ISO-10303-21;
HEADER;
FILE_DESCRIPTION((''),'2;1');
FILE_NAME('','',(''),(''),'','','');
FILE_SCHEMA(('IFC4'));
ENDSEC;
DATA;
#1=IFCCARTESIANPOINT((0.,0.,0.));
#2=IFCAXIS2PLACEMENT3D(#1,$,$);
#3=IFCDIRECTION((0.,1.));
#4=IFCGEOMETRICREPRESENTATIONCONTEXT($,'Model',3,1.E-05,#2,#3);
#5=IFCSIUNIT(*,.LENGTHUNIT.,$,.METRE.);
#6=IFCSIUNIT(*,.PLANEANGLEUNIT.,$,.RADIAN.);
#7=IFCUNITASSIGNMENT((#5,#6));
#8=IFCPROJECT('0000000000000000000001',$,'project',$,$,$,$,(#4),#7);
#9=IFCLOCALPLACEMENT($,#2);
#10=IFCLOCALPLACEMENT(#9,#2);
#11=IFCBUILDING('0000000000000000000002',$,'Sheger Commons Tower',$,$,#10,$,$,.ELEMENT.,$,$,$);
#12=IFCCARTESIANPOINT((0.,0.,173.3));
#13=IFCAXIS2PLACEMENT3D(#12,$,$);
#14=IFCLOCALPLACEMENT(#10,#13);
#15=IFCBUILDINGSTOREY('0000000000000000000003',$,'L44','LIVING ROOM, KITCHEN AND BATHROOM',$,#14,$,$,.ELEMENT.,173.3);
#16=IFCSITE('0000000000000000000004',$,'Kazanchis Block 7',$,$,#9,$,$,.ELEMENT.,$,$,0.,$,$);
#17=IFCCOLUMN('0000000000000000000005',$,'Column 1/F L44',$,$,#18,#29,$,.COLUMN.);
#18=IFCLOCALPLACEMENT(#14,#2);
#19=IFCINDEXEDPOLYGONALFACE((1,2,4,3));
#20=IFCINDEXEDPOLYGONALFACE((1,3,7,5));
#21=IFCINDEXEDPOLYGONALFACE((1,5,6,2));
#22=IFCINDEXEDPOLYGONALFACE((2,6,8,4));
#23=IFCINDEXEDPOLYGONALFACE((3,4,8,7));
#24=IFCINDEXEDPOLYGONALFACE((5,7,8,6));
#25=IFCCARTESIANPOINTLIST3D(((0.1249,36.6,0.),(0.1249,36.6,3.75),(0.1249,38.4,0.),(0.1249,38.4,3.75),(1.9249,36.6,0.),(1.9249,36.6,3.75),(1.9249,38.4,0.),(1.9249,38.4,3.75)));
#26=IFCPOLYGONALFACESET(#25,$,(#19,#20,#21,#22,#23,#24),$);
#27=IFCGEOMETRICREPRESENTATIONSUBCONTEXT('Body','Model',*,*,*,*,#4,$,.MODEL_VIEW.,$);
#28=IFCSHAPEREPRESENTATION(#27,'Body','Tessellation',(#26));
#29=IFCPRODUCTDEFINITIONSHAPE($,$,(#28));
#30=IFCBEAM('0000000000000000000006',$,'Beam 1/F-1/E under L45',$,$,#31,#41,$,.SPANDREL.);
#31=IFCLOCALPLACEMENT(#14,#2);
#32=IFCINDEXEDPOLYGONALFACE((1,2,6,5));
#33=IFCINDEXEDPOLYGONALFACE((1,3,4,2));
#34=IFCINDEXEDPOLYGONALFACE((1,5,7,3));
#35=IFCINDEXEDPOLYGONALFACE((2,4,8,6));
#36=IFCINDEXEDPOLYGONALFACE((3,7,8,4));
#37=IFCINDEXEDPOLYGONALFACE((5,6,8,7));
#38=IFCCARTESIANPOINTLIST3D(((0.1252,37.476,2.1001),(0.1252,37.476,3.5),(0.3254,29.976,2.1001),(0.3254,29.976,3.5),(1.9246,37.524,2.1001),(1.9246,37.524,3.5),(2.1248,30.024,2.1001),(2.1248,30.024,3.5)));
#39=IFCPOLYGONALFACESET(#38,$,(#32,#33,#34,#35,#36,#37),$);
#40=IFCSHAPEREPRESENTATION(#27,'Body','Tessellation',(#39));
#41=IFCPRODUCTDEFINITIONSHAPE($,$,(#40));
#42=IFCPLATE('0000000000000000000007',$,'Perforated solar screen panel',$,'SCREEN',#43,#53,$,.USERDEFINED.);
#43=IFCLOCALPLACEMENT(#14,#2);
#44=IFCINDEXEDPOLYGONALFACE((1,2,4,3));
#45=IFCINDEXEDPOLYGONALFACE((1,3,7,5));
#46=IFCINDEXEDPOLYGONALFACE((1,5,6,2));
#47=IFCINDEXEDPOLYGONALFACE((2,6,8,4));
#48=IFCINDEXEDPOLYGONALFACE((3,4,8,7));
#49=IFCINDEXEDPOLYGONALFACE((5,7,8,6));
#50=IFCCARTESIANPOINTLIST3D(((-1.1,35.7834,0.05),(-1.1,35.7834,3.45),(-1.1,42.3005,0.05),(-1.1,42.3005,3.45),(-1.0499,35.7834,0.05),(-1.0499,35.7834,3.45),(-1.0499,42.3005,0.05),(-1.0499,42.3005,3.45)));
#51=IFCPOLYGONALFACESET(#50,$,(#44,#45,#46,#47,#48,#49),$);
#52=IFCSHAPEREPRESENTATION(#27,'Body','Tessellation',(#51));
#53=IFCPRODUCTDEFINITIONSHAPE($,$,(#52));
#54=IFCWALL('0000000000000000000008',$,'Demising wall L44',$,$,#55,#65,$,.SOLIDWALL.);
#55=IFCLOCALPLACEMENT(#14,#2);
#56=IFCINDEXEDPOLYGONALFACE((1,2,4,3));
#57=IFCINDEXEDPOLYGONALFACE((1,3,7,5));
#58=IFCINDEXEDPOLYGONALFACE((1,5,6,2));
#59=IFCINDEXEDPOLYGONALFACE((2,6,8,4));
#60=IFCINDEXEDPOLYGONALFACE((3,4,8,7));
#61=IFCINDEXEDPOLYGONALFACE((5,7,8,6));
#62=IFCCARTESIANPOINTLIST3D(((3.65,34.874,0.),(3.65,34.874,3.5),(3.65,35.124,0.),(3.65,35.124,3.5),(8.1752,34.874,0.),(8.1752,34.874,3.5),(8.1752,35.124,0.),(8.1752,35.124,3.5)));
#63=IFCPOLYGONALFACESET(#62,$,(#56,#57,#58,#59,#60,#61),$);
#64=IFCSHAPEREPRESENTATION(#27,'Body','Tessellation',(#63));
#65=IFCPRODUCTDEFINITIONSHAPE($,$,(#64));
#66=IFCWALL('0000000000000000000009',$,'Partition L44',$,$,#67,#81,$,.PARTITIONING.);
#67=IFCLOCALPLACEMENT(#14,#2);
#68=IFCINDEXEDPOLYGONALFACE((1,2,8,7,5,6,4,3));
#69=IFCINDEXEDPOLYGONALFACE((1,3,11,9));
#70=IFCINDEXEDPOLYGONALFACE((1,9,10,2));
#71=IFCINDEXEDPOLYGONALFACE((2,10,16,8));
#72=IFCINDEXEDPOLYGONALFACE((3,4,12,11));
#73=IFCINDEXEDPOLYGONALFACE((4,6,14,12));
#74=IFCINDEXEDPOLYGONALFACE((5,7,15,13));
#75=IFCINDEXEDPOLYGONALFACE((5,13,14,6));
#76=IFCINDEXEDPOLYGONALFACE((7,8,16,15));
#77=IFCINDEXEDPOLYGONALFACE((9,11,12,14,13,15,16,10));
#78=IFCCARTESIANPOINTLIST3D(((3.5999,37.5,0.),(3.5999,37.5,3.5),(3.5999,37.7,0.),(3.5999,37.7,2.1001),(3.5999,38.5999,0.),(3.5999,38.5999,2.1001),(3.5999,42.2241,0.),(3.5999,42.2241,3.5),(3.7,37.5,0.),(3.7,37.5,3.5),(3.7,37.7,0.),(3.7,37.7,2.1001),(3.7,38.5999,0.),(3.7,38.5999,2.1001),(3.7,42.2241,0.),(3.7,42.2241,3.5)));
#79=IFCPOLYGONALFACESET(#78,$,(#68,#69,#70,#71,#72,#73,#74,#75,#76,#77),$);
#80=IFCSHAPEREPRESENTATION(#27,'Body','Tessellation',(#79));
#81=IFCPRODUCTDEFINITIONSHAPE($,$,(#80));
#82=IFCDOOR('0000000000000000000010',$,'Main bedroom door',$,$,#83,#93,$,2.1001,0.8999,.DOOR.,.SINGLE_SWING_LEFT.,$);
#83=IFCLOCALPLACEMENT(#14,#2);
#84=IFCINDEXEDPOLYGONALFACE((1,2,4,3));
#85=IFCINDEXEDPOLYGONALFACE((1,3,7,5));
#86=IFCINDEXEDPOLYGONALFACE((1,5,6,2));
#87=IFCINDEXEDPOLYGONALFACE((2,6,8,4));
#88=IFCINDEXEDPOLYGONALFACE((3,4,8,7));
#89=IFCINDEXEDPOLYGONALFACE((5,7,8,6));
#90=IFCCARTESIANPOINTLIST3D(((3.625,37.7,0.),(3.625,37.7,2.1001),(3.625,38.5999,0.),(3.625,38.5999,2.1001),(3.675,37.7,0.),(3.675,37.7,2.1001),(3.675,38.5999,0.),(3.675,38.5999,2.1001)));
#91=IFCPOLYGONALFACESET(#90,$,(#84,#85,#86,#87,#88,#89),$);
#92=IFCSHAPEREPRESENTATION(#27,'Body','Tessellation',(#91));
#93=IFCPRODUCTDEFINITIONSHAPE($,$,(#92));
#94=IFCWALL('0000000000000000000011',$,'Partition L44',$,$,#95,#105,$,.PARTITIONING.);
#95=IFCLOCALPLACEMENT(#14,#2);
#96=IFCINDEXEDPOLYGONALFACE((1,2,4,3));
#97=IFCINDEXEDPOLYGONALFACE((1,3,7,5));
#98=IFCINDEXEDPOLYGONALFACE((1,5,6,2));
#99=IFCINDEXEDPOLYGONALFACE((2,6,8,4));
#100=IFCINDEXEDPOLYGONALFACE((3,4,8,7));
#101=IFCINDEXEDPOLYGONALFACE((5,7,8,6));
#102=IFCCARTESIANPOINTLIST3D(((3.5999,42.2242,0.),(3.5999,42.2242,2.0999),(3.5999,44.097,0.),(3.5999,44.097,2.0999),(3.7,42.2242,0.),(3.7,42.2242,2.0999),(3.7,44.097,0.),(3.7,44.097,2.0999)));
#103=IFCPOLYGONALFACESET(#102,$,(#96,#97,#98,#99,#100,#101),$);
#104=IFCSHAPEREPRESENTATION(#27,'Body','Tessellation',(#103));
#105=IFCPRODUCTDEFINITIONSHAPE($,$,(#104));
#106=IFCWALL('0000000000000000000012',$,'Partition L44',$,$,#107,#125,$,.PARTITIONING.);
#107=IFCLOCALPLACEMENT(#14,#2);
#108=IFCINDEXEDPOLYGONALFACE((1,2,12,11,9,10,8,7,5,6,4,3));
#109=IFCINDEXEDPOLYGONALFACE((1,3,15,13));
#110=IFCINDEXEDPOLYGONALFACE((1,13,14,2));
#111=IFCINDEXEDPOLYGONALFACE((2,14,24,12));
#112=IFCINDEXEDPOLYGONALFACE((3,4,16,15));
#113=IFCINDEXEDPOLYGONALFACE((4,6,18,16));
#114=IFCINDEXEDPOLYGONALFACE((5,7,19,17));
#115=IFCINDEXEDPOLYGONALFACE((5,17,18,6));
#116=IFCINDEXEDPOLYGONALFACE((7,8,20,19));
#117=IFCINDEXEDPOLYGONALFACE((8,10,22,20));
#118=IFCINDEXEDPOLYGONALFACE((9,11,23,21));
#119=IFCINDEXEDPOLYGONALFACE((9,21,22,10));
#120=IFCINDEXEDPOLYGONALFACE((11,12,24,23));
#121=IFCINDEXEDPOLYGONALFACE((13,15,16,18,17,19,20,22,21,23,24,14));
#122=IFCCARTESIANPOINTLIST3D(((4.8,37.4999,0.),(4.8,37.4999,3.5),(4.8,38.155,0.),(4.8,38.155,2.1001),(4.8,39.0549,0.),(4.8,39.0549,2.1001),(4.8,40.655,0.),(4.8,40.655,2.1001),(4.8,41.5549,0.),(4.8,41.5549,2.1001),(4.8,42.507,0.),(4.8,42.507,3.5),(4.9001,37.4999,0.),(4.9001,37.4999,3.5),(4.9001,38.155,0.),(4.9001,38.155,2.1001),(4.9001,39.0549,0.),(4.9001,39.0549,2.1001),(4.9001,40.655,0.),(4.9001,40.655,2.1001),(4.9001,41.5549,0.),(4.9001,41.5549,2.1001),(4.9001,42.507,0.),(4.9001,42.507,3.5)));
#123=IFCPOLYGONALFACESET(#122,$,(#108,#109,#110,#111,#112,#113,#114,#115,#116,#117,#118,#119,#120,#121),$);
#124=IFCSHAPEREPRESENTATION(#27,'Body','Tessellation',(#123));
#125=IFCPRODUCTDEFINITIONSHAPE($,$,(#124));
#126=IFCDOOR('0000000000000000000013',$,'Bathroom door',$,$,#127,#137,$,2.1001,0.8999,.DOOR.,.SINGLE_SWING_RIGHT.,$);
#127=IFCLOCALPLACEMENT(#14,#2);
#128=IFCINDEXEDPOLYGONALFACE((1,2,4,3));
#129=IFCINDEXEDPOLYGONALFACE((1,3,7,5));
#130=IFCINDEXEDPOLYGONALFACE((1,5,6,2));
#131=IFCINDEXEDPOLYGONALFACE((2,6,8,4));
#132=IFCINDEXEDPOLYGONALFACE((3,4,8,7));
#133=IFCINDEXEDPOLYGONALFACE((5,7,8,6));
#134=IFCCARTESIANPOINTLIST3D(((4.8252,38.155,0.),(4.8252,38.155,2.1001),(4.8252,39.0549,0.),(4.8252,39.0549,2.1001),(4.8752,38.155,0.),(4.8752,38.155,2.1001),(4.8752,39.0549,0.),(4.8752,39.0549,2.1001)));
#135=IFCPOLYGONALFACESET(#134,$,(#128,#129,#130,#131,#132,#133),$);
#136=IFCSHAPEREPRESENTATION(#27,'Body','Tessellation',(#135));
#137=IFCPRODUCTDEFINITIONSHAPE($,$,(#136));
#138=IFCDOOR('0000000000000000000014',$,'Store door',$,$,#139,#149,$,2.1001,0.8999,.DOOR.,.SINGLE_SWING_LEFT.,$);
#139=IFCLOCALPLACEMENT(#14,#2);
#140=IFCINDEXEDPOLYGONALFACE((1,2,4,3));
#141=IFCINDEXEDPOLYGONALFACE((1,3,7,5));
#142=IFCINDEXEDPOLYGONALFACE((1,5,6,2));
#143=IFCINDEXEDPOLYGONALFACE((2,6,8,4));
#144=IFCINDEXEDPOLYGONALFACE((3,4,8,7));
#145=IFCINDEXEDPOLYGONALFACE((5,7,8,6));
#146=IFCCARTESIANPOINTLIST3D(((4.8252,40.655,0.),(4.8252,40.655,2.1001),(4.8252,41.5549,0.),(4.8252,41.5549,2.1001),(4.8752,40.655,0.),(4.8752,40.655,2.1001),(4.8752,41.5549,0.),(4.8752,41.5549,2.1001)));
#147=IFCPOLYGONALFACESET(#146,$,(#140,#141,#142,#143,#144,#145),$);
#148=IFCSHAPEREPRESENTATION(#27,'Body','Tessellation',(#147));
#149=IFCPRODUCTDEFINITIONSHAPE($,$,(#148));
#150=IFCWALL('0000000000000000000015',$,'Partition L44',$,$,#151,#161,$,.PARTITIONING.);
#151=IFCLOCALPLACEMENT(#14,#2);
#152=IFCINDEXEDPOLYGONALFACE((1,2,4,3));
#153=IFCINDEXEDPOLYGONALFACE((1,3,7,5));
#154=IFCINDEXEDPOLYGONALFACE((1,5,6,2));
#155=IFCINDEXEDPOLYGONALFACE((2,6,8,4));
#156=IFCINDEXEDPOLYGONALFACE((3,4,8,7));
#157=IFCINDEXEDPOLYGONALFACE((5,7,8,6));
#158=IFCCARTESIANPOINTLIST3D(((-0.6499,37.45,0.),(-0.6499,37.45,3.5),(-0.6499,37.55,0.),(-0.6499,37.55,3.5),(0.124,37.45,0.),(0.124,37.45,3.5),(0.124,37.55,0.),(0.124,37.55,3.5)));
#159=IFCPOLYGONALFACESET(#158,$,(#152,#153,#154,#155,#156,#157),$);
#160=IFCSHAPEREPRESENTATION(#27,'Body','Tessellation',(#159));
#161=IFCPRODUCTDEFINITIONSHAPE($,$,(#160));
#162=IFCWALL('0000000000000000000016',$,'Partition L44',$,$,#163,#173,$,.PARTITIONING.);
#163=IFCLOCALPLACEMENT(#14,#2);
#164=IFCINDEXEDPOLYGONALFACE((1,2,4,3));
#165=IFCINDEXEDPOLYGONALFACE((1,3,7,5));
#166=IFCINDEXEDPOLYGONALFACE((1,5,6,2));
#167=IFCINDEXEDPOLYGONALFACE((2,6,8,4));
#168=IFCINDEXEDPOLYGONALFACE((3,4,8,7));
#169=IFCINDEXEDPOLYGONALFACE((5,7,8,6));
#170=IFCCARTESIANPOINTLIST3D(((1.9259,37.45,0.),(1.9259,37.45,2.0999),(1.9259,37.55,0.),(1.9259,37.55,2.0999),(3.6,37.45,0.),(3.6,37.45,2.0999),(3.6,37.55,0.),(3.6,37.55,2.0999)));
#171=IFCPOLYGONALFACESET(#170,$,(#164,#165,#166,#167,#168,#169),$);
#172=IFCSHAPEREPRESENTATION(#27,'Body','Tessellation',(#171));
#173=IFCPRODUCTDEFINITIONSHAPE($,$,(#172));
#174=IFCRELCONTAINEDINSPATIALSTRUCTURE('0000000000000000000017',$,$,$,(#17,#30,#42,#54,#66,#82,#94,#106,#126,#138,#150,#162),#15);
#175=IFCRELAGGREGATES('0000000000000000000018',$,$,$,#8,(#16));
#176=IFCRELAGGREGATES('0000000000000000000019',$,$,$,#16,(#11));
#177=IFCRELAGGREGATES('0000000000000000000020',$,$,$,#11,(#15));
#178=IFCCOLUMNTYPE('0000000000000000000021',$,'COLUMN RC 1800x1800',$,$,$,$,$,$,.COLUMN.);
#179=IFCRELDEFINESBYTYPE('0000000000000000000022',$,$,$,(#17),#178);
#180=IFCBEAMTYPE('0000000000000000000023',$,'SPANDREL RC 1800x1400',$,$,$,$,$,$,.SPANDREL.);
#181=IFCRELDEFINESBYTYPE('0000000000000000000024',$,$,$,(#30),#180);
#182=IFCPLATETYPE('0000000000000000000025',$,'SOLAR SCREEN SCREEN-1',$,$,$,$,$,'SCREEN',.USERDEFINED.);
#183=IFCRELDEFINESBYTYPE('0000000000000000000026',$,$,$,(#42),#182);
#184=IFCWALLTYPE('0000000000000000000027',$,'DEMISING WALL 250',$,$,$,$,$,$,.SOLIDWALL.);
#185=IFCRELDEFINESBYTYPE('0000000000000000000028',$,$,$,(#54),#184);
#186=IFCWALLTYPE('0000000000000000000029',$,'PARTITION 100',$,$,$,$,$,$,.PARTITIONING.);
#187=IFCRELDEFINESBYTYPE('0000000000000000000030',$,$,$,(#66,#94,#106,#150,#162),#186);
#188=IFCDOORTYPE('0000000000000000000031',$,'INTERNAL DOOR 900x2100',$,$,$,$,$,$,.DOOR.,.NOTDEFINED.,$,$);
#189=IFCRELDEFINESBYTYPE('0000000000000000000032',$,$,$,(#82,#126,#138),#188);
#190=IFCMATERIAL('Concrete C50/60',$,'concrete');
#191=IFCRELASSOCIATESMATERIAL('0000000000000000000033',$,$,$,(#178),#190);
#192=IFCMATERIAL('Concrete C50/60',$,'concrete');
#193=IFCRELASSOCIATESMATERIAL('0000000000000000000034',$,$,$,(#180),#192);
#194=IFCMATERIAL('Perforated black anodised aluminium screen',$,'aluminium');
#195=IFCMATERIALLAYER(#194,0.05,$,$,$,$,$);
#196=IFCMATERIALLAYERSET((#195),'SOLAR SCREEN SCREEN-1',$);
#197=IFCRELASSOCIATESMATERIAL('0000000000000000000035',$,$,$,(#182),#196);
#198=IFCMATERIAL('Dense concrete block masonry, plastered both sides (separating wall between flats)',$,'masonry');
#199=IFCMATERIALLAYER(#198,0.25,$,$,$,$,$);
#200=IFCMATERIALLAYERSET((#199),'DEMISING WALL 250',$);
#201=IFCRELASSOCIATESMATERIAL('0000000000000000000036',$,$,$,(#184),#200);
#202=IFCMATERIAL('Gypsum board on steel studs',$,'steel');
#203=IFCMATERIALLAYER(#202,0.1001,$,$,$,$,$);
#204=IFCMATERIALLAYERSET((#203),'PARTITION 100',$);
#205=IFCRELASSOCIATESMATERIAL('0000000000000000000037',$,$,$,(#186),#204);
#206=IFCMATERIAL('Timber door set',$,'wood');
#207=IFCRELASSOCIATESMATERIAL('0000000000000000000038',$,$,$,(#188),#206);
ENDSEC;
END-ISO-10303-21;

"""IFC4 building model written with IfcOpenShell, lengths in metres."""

from ifc_helpers import new_model, si_unit, direction, frame, frame_2d, origin, origin_2d, place, context, subcontext, project, spatial, rectangle, extrude, material, layer, layer_set, material_profile, profile_set, type_object, element, fill, save


model = new_model("IFC4")

# Units and contexts
model_context = context("Model", 3, precision=1e-05, world=origin(), true_north=direction((0.0, 1.0)))
body_context = subcontext(model_context, "Body", "Model", "MODEL_VIEW")
ifc_project = project(units=[si_unit("LENGTHUNIT", "METRE"), si_unit("PLANEANGLEUNIT", "RADIAN")], contexts=[model_context])

# Site, building, storey
site_placement = place(None, origin())
site = spatial("IfcSite", under=ifc_project, at=site_placement, Name="Kazanchis Block 7", CompositionType="ELEMENT", RefElevation=0.0)
building_placement = place(site_placement, origin())
building = spatial("IfcBuilding", under=site, at=building_placement, Name="Sheger Commons Tower", CompositionType="ELEMENT")
storey_placement = place(building_placement, frame((0.0, 0.0, 173.3)))
storey = spatial("IfcBuildingStorey", under=building, at=storey_placement, Name="L44", Description="LIVING ROOM, KITCHEN AND BATHROOM", CompositionType="ELEMENT", Elevation=173.3)

# Column
ifc_material_1 = material(Name="Concrete C50/60", Category="concrete")
ifc_material_profile_1 = material_profile(ifc_material_1, rectangle(XDim=1.8, YDim=1.8, at=origin_2d()), Name="RC 1800x1800")
ifc_profile_set_1 = profile_set([ifc_material_profile_1], Name="Concrete C50/60")
column_type = type_object("IfcColumnType", Name="COLUMN RC 1800x1800", PredefinedType="COLUMN", material=ifc_profile_set_1)
column_placement = place(storey_placement, frame((1.0249, 37.5, 0.0), z_axis=(0.0, 0.0, 1.0), x_axis=(1.0, 0.0, 0.0)))
element("IfcColumn", 1, at=column_placement, inside=storey, type_object=column_type, Name="Column 1/F L44", PredefinedType="COLUMN", context=body_context, shape_type="SweptSolid", body=[
    extrude(rectangle(XDim=1.8, YDim=1.8, at=origin_2d()), origin(), (0.0, 0.0, 1.0), 3.75),
])

# Beam
ifc_material_2 = material(Name="Concrete C50/60", Category="concrete")
ifc_material_profile_2 = material_profile(ifc_material_2, rectangle(XDim=1.8, YDim=1.3999, at=origin_2d()), Name="RC 1800x1400")
ifc_profile_set_2 = profile_set([ifc_material_profile_2], Name="Concrete C50/60")
beam_type = type_object("IfcBeamType", Name="SPANDREL RC 1800x1400", PredefinedType="SPANDREL", material=ifc_profile_set_2)
beam_placement = place(storey_placement, frame((1.0249, 37.5, 2.8), z_axis=(0.026683, -0.999644, 0.0), x_axis=(0.999644, 0.026683, 0.0)))
element("IfcBeam", 2, at=beam_placement, inside=storey, type_object=beam_type, Name="Beam 1/F-1/E under L45", PredefinedType="SPANDREL", context=body_context, shape_type="SweptSolid", body=[
    extrude(rectangle(XDim=1.8, YDim=1.3999, at=origin_2d()), origin(), (0.0, 0.0, 1.0), 7.5027),
])

# Plate
ifc_material_3 = material(Name="Perforated black anodised aluminium screen", Category="aluminium")
ifc_layer_1 = layer(ifc_material_3, 0.05)
ifc_layer_set_1 = layer_set([ifc_layer_1], Name="SOLAR SCREEN SCREEN-1")
plate_type = type_object("IfcPlateType", Name="SOLAR SCREEN SCREEN-1", ElementType="SCREEN", PredefinedType="USERDEFINED", material=ifc_layer_set_1)
plate_placement = place(storey_placement, frame((-1.075, 39.042, 0.05), z_axis=(0.0, 0.0, 1.0), x_axis=(0.0, -1.0, 0.0)))
element("IfcPlate", 3, at=plate_placement, inside=storey, type_object=plate_type, Name="Perforated solar screen panel", ObjectType="SCREEN", PredefinedType="USERDEFINED", context=body_context, shape_type="SweptSolid", body=[
    extrude(rectangle(XDim=6.5171, YDim=0.05, at=origin_2d()), origin(), (0.0, 0.0, 1.0), 3.3999),
])

# Wall
ifc_material_4 = material(Name="Dense concrete block masonry, plastered both sides (separating wall between flats)", Category="masonry")
ifc_layer_2 = layer(ifc_material_4, 0.25)
ifc_layer_set_2 = layer_set([ifc_layer_2], Name="DEMISING WALL 250")
wall_type_1 = type_object("IfcWallType", Name="DEMISING WALL 250", PredefinedType="SOLIDWALL", material=ifc_layer_set_2)
wall_1_placement = place(storey_placement, frame((3.6499, 34.999, 0.0), z_axis=(0.0, 0.0, 1.0), x_axis=(1.0, 0.0, 0.0)))
element("IfcWall", 4, at=wall_1_placement, inside=storey, type_object=wall_type_1, Name="Demising wall L44", PredefinedType="SOLIDWALL", context=body_context, shape_type="SweptSolid", body=[
    extrude(rectangle(XDim=4.5251, YDim=0.25, at=frame_2d((2.2627, 0.0))), origin(), (0.0, 0.0, 1.0), 3.5),
])

# Wall, opening, door
ifc_material_5 = material(Name="Gypsum board on steel studs", Category="steel")
ifc_layer_3 = layer(ifc_material_5, 0.1001)
ifc_layer_set_3 = layer_set([ifc_layer_3], Name="PARTITION 100")
wall_type_2 = type_object("IfcWallType", Name="PARTITION 100", PredefinedType="PARTITIONING", material=ifc_layer_set_3)
wall_2_placement = place(storey_placement, frame((3.6499, 37.5, 0.0), z_axis=(0.0, 0.0, 1.0), x_axis=(0.0, 1.0, 0.0)))
wall_2 = element("IfcWall", 5, at=wall_2_placement, inside=storey, type_object=wall_type_2, Name="Partition L44", PredefinedType="PARTITIONING", context=body_context, shape_type="SweptSolid", body=[
    extrude(rectangle(XDim=4.7241, YDim=0.1001, at=frame_2d((2.3621, 0.0))), origin(), (0.0, 0.0, 1.0), 3.5),
])
opening_1_placement = place(wall_2_placement, frame((0.2, 0.0, 0.0)))
opening_1 = element("IfcOpeningElement", 6, at=opening_1_placement, cuts=wall_2, PredefinedType="OPENING", context=body_context, shape_type="SweptSolid", body=[
    extrude(rectangle(XDim=0.8999, YDim=2.1001, at=frame_2d((0.45, 1.05))), frame((0.0, 0.0601, 0.0), z_axis=(0.0, -1.0, 0.0), x_axis=(1.0, 0.0, 0.0)), (0.0, 0.0, 1.0), 0.1201),
])
ifc_material_6 = material(Name="Timber door set", Category="wood")
door_type = type_object("IfcDoorType", Name="INTERNAL DOOR 900x2100", OperationType="NOTDEFINED", PredefinedType="DOOR", material=ifc_material_6)
door_1_placement = place(opening_1_placement, origin())
door_1 = element("IfcDoor", 7, at=door_1_placement, inside=storey, type_object=door_type, Name="Main bedroom door", OperationType="SINGLE_SWING_LEFT", OverallHeight=2.1001, OverallWidth=0.8999, PredefinedType="DOOR", context=body_context, shape_type="SweptSolid", body=[
    extrude(rectangle(XDim=0.8999, YDim=2.1001, at=frame_2d((0.45, 1.05))), frame((0.0, 0.0249, 0.0), z_axis=(0.0, -1.0, 0.0), x_axis=(1.0, 0.0, 0.0)), (0.0, 0.0, 1.0), 0.05),
])
fill(opening_1, door_1)

# Wall
wall_3_placement = place(storey_placement, frame((3.6499, 42.2241, 0.0), z_axis=(0.0, 0.0, 1.0), x_axis=(0.0, 1.0, 0.0)))
element("IfcWall", 8, at=wall_3_placement, inside=storey, type_object=wall_type_2, Name="Partition L44", PredefinedType="PARTITIONING", context=body_context, shape_type="SweptSolid", body=[
    extrude(rectangle(XDim=1.8728, YDim=0.1001, at=frame_2d((0.9365, 0.0))), origin(), (0.0, 0.0, 1.0), 2.0999),
])

# Wall, openings, doors
wall_4_placement = place(storey_placement, frame((4.8501, 37.5, 0.0), z_axis=(0.0, 0.0, 1.0), x_axis=(0.0, 1.0, 0.0)))
wall_4 = element("IfcWall", 9, at=wall_4_placement, inside=storey, type_object=wall_type_2, Name="Partition L44", PredefinedType="PARTITIONING", context=body_context, shape_type="SweptSolid", body=[
    extrude(rectangle(XDim=5.0071, YDim=0.1001, at=frame_2d((2.5034, 0.0))), origin(), (0.0, 0.0, 1.0), 3.5),
])
opening_2_placement = place(wall_4_placement, frame((0.655, 0.0, 0.0)))
opening_2 = element("IfcOpeningElement", 10, at=opening_2_placement, cuts=wall_4, PredefinedType="OPENING", context=body_context, shape_type="SweptSolid", body=[
    extrude(rectangle(XDim=0.8999, YDim=2.1001, at=frame_2d((0.45, 1.05))), frame((0.0, 0.0601, 0.0), z_axis=(0.0, -1.0, 0.0), x_axis=(1.0, 0.0, 0.0)), (0.0, 0.0, 1.0), 0.1201),
])
opening_3_placement = place(wall_4_placement, frame((3.155, 0.0, 0.0)))
opening_3 = element("IfcOpeningElement", 11, at=opening_3_placement, cuts=wall_4, PredefinedType="OPENING", context=body_context, shape_type="SweptSolid", body=[
    extrude(rectangle(XDim=0.8999, YDim=2.1001, at=frame_2d((0.45, 1.05))), frame((0.0, 0.0601, 0.0), z_axis=(0.0, -1.0, 0.0), x_axis=(1.0, 0.0, 0.0)), (0.0, 0.0, 1.0), 0.1201),
])
door_2_placement = place(opening_2_placement, origin())
door_2 = element("IfcDoor", 12, at=door_2_placement, inside=storey, type_object=door_type, Name="Bathroom door", OperationType="SINGLE_SWING_RIGHT", OverallHeight=2.1001, OverallWidth=0.8999, PredefinedType="DOOR", context=body_context, shape_type="SweptSolid", body=[
    extrude(rectangle(XDim=0.8999, YDim=2.1001, at=frame_2d((0.45, 1.05))), frame((0.0, 0.0249, 0.0), z_axis=(0.0, -1.0, 0.0), x_axis=(1.0, 0.0, 0.0)), (0.0, 0.0, 1.0), 0.05),
])
fill(opening_2, door_2)
door_3_placement = place(opening_3_placement, origin())
door_3 = element("IfcDoor", 13, at=door_3_placement, inside=storey, type_object=door_type, Name="Store door", OperationType="SINGLE_SWING_LEFT", OverallHeight=2.1001, OverallWidth=0.8999, PredefinedType="DOOR", context=body_context, shape_type="SweptSolid", body=[
    extrude(rectangle(XDim=0.8999, YDim=2.1001, at=frame_2d((0.45, 1.05))), frame((0.0, 0.0249, 0.0), z_axis=(0.0, -1.0, 0.0), x_axis=(1.0, 0.0, 0.0)), (0.0, 0.0, 1.0), 0.05),
])
fill(opening_3, door_3)

# Walls
wall_5_placement = place(storey_placement, frame((-0.6499, 37.5, 0.0), z_axis=(0.0, 0.0, 1.0), x_axis=(1.0, 0.0, 0.0)))
element("IfcWall", 14, at=wall_5_placement, inside=storey, type_object=wall_type_2, Name="Partition L44", PredefinedType="PARTITIONING", context=body_context, shape_type="SweptSolid", body=[
    extrude(rectangle(XDim=0.7739, YDim=0.1001, at=frame_2d((0.387, 0.0))), origin(), (0.0, 0.0, 1.0), 3.5),
])
wall_6_placement = place(storey_placement, frame((1.926, 37.5, 0.0), z_axis=(0.0, 0.0, 1.0), x_axis=(1.0, 0.0, 0.0)))
element("IfcWall", 15, at=wall_6_placement, inside=storey, type_object=wall_type_2, Name="Partition L44", PredefinedType="PARTITIONING", context=body_context, shape_type="SweptSolid", body=[
    extrude(rectangle(XDim=1.6741, YDim=0.1001, at=frame_2d((0.8369, 0.0))), origin(), (0.0, 0.0, 1.0), 2.0999),
])

save(model, "model.ifc")
